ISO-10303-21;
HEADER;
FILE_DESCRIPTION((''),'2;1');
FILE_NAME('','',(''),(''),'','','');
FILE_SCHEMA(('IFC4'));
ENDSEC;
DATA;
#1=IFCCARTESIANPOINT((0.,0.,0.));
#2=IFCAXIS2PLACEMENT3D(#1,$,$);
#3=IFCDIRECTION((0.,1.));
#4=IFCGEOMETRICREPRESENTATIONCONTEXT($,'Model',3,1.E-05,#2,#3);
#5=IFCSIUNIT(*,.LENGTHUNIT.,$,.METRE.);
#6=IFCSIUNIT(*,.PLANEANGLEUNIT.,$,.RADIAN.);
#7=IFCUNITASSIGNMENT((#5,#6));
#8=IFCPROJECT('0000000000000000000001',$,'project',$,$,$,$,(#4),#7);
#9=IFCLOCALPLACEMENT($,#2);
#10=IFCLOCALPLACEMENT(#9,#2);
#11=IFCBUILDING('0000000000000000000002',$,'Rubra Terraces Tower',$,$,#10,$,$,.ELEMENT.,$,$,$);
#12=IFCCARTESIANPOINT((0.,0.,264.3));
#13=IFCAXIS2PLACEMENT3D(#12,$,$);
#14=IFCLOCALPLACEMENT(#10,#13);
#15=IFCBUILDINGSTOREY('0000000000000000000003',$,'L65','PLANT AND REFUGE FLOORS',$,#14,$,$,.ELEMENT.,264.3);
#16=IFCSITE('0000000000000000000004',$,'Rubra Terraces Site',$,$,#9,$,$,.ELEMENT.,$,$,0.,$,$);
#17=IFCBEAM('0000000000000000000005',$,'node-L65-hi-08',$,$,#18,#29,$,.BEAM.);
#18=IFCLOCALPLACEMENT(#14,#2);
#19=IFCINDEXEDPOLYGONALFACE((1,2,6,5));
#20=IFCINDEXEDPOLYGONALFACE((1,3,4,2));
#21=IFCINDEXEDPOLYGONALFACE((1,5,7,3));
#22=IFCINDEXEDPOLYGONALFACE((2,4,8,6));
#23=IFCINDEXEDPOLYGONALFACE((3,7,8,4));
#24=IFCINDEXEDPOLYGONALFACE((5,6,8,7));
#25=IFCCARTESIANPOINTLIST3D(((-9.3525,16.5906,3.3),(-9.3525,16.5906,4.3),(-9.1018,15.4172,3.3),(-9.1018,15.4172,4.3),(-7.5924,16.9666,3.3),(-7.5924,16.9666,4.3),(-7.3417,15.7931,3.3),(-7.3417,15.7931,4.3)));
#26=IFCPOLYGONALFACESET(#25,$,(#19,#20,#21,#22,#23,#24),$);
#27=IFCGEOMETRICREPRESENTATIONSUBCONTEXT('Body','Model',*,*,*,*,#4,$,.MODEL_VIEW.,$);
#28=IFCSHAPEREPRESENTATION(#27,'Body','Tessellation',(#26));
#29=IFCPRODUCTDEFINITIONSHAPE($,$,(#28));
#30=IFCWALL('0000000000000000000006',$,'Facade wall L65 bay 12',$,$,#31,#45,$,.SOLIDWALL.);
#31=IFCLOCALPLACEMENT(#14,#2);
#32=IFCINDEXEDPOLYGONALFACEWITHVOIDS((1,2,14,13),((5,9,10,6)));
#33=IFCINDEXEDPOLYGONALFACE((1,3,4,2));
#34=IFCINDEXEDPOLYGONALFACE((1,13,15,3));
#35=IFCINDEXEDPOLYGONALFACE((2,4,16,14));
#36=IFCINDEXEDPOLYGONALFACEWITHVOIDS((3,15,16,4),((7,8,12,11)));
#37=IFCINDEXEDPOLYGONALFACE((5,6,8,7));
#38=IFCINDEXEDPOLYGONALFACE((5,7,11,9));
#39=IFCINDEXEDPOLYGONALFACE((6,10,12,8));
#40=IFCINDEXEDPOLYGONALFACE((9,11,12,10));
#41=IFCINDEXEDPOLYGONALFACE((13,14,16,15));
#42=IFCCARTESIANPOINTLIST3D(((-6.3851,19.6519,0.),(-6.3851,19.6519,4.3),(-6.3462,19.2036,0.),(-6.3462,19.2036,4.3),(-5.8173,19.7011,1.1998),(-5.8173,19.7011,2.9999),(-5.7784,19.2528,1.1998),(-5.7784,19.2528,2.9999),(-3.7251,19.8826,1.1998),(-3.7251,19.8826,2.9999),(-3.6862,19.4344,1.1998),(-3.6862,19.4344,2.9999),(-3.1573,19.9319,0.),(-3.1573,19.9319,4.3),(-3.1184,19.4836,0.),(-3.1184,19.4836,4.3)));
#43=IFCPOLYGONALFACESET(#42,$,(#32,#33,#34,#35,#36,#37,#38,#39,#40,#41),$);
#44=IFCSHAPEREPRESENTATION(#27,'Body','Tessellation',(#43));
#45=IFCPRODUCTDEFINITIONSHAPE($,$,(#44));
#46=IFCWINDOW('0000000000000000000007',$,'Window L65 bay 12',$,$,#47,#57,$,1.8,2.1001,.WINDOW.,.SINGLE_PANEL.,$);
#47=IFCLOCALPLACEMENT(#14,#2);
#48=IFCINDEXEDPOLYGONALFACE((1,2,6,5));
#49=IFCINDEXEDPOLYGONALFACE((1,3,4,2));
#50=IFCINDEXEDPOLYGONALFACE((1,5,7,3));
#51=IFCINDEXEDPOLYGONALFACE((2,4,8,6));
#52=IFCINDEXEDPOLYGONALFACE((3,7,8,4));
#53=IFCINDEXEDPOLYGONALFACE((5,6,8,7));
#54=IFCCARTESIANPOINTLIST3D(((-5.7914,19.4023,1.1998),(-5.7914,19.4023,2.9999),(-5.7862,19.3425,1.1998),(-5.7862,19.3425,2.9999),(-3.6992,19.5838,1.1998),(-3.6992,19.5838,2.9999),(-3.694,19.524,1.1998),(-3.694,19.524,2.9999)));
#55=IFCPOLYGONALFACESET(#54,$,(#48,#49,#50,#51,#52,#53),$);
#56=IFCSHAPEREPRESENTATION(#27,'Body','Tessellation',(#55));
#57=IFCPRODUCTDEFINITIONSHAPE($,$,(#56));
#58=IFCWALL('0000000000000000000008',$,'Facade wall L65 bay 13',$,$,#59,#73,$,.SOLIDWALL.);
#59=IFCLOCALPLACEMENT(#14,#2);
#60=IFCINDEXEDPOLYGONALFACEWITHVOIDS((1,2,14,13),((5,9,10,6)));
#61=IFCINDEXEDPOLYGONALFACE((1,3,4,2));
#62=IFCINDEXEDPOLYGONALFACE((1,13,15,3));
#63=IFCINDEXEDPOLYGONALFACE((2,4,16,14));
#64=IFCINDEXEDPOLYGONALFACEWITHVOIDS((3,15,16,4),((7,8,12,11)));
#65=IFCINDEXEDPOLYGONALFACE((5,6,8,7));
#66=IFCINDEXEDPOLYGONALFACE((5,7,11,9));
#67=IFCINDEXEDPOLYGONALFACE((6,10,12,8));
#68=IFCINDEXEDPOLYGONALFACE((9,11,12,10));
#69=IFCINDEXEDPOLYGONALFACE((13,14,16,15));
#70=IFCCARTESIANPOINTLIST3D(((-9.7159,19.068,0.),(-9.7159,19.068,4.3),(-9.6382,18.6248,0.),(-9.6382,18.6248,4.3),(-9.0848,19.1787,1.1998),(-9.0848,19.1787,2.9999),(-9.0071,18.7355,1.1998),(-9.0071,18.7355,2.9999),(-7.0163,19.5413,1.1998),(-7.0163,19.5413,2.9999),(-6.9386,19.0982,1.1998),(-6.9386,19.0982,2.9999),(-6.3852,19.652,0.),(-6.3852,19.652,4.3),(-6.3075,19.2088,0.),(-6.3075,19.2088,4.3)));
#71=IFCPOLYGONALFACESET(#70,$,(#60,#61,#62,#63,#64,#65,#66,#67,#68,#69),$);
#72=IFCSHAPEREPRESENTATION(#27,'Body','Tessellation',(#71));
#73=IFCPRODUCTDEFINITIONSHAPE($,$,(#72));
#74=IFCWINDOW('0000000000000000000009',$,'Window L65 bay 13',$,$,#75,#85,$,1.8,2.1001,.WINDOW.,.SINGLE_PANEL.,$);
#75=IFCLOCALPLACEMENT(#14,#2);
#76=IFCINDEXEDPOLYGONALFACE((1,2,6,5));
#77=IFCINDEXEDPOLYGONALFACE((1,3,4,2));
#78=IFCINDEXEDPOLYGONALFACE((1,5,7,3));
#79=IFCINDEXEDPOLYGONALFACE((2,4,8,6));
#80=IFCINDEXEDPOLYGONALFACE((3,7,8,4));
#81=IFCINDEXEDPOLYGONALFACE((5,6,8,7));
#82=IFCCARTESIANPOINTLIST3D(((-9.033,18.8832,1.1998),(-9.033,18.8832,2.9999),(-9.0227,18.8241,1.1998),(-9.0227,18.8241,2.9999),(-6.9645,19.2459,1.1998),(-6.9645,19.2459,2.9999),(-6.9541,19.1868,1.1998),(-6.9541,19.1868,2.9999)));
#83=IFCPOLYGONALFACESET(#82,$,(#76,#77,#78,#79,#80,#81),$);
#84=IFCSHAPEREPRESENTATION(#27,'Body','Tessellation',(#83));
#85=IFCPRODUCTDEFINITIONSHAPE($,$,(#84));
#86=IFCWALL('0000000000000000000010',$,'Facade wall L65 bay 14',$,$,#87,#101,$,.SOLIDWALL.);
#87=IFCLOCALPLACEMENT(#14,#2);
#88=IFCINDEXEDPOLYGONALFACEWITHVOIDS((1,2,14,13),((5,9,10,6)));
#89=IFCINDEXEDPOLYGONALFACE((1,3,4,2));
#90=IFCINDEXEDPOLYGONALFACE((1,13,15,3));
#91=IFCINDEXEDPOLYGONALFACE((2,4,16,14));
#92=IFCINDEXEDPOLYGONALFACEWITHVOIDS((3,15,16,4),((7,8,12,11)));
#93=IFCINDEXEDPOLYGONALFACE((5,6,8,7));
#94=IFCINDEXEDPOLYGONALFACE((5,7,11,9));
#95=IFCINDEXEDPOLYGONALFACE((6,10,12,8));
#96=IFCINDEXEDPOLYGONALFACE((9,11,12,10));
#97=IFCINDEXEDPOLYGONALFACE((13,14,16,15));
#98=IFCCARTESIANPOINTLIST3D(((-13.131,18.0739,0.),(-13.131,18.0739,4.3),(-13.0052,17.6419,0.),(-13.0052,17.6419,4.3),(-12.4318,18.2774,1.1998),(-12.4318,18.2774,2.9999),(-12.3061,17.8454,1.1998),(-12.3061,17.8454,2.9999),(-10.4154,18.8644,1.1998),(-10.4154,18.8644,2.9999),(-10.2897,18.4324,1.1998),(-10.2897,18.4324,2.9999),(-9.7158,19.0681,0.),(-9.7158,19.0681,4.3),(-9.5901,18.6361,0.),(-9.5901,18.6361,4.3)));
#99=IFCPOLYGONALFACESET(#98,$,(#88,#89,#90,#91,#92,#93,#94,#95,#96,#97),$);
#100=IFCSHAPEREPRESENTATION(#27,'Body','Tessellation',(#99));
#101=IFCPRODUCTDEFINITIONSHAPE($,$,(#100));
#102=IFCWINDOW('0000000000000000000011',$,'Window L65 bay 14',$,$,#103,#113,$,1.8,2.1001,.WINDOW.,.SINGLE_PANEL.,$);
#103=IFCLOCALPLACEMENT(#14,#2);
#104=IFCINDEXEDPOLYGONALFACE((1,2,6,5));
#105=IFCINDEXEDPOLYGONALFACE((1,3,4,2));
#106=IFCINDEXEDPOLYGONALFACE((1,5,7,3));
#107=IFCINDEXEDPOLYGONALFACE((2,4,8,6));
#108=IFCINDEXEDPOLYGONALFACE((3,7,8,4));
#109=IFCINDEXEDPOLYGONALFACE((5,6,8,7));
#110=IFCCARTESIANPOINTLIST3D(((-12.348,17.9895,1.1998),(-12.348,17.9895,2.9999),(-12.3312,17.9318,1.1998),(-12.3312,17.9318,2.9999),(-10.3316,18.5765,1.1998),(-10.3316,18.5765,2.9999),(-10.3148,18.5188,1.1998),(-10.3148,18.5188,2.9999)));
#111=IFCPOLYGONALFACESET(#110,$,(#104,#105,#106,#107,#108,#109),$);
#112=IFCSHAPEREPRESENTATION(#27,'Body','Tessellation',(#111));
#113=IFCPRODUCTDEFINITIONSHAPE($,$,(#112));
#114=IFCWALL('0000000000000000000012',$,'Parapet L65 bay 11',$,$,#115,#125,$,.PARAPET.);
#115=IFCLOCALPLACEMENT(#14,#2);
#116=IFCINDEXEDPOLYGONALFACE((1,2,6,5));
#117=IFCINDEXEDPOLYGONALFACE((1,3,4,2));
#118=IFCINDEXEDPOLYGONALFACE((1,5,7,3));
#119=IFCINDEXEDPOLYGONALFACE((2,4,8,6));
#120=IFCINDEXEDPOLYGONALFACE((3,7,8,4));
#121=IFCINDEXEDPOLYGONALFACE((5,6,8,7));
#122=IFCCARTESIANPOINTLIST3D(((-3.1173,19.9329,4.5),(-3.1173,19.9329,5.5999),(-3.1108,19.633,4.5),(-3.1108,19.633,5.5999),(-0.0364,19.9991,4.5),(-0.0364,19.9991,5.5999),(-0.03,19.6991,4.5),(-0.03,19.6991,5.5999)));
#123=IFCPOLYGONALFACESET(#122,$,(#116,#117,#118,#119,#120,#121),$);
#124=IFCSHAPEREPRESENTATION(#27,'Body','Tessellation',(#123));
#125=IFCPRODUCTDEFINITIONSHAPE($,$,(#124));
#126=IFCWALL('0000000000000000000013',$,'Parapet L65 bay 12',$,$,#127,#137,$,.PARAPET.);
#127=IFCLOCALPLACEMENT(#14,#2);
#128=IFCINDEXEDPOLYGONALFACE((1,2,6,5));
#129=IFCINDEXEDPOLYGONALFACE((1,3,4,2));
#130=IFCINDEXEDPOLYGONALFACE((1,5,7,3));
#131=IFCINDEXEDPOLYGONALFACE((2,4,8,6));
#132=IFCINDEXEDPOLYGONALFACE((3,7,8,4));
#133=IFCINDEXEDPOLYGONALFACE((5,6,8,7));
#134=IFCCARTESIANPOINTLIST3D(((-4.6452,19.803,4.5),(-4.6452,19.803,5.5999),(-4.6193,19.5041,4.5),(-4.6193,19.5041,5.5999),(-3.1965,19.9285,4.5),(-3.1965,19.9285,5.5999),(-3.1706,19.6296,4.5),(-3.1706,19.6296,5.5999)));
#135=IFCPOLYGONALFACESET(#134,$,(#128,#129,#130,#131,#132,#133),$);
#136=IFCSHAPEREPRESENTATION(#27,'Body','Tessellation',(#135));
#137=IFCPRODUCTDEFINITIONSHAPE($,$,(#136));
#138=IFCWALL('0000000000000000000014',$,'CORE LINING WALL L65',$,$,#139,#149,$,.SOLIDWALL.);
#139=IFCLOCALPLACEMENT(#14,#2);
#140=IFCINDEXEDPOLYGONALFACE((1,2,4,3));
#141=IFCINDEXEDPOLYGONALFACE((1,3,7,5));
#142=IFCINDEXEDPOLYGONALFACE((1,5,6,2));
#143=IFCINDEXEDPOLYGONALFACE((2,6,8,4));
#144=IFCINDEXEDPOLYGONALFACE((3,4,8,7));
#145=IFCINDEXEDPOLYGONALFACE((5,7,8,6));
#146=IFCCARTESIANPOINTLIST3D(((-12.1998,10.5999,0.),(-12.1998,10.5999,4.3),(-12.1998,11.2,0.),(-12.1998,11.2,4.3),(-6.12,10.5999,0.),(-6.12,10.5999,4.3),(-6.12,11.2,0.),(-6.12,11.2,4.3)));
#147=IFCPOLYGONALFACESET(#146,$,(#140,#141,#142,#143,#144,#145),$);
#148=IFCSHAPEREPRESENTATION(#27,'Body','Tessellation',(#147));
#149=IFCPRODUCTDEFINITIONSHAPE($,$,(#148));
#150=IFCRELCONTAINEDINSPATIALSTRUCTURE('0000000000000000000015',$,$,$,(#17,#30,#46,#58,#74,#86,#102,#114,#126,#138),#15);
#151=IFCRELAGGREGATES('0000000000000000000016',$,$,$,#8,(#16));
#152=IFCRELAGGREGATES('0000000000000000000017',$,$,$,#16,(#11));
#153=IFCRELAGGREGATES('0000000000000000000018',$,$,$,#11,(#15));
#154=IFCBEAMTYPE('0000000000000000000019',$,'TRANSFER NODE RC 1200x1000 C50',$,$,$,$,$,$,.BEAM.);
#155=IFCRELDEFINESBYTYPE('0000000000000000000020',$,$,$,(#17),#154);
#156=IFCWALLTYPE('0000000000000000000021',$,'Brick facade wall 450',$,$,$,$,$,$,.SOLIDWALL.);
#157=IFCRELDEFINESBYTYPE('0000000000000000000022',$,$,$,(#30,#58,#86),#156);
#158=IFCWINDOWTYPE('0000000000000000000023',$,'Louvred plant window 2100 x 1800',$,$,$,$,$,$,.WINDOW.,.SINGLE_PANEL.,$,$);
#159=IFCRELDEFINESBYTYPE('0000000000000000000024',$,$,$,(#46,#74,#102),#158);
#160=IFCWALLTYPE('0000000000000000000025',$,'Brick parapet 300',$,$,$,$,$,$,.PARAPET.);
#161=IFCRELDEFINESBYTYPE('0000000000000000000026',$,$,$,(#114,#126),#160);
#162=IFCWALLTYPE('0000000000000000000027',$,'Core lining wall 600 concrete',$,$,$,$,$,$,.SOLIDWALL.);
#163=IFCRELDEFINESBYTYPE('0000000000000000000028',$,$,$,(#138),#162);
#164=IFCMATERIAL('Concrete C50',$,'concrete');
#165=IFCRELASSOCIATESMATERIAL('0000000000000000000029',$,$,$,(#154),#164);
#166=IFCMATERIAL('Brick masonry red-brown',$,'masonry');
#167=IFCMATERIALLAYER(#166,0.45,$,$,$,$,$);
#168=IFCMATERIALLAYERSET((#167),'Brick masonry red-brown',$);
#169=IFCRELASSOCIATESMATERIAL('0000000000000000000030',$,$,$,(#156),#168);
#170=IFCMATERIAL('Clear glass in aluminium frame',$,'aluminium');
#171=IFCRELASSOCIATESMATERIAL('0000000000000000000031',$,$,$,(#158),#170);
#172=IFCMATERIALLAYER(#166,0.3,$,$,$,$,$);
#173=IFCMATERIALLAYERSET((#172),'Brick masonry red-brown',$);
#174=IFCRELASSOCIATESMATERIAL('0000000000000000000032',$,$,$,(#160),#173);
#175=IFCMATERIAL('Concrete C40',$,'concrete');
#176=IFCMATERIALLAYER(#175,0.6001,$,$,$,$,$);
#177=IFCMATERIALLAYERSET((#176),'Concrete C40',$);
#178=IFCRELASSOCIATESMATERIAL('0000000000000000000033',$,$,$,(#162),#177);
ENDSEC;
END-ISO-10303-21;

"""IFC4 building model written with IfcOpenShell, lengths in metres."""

from ifc_helpers import new_model, si_unit, direction, frame, frame_2d, origin, origin_2d, place, context, subcontext, project, spatial, rectangle, extrude, material, layer, layer_set, material_profile, profile_set, type_object, element, fill, save


model = new_model("IFC4")

# Units and contexts
model_context = context("Model", 3, precision=1e-05, world=origin(), true_north=direction((0.0, 1.0)))
body_context = subcontext(model_context, "Body", "Model", "MODEL_VIEW")
ifc_project = project(units=[si_unit("LENGTHUNIT", "METRE"), si_unit("PLANEANGLEUNIT", "RADIAN")], contexts=[model_context])

# Site, building, storey
site_placement = place(None, origin())
site = spatial("IfcSite", under=ifc_project, at=site_placement, Name="Rubra Terraces Site", CompositionType="ELEMENT", RefElevation=0.0)
building_placement = place(site_placement, origin())
building = spatial("IfcBuilding", under=site, at=building_placement, Name="Rubra Terraces Tower", CompositionType="ELEMENT")
storey_placement = place(building_placement, frame((0.0, 0.0, 264.3)))
storey = spatial("IfcBuildingStorey", under=building, at=storey_placement, Name="L65", Description="PLANT AND REFUGE FLOORS", CompositionType="ELEMENT", Elevation=264.3)

# Shared definitions
ifc_material_1 = material(Name="Concrete C50", Category="concrete")

# Beam
ifc_material_profile_1 = material_profile(ifc_material_1, rectangle(XDim=1.2, YDim=1.0, at=origin_2d()), Name="RC 1200x1000")
ifc_profile_set_1 = profile_set([ifc_material_profile_1], Name="Concrete C50")
beam_type_1 = type_object("IfcBeamType", Name="TRANSFER NODE RC 1200x1000 C50", PredefinedType="BEAM", material=ifc_profile_set_1)
beam_1_placement = place(storey_placement, frame((-7.467, 16.3799, 3.8), z_axis=(-0.977935, -0.208908, 0.0), x_axis=(0.208908, -0.977935, 0.0)))
element("IfcBeam", 1, at=beam_1_placement, inside=storey, type_object=beam_type_1, Name="node-L65-hi-08", PredefinedType="BEAM", context=body_context, shape_type="SweptSolid", body=[
    extrude(rectangle(XDim=1.2, YDim=1.0, at=origin_2d()), origin(), (0.0, 0.0, 1.0), 1.7998),
])

# Walls, openings, windows
ifc_material_2 = material(Name="Brick masonry red-brown", Category="masonry")
ifc_layer_1 = layer(ifc_material_2, 0.45)
ifc_layer_set_1 = layer_set([ifc_layer_1], Name="Brick masonry red-brown")
wall_type_1 = type_object("IfcWallType", Name="Brick facade wall 450", PredefinedType="SOLIDWALL", material=ifc_layer_set_1)
wall_1_placement = place(storey_placement, frame((-3.1377, 19.7078, 0.0), z_axis=(0.0, 0.0, 1.0), x_axis=(-0.996258, -0.086431, 0.0)))
wall_1 = element("IfcWall", 2, at=wall_1_placement, inside=storey, type_object=wall_type_1, Name="Facade wall L65 bay 12", PredefinedType="SOLIDWALL", context=body_context, shape_type="SweptSolid", body=[
    extrude(rectangle(XDim=3.24, YDim=0.45, at=frame_2d((1.6201, 0.0))), origin(), (0.0, 0.0, 1.0), 4.3),
])
opening_1_placement = place(wall_1_placement, frame((0.5701, 0.0, 1.2)))
opening_1 = element("IfcOpeningElement", 3, at=opening_1_placement, cuts=wall_1, PredefinedType="OPENING", context=body_context, shape_type="SweptSolid", body=[
    extrude(rectangle(XDim=2.1001, YDim=1.8, at=frame_2d((1.05, 0.8999))), frame((0.0, 0.2349, 0.0), z_axis=(0.0, -1.0, 0.0), x_axis=(1.0, 0.0, 0.0)), (0.0, 0.0, 1.0), 0.47),
])
ifc_material_3 = material(Name="Clear glass in aluminium frame", Category="aluminium")
window_type = type_object("IfcWindowType", Name="Louvred plant window 2100 x 1800", PartitioningType="SINGLE_PANEL", PredefinedType="WINDOW", material=ifc_material_3)
window_1_placement = place(opening_1_placement, origin())
window_1 = element("IfcWindow", 4, at=window_1_placement, inside=storey, type_object=window_type, Name="Window L65 bay 12", OverallHeight=1.8, OverallWidth=2.1001, PartitioningType="SINGLE_PANEL", PredefinedType="WINDOW", context=body_context, shape_type="SweptSolid", body=[
    extrude(rectangle(XDim=2.1001, YDim=1.8, at=frame_2d((1.05, 0.8999))), frame((0.0, 0.135, 0.0), z_axis=(0.0, -1.0, 0.0), x_axis=(1.0, 0.0, 0.0)), (0.0, 0.0, 1.0), 0.0601),
])
fill(opening_1, window_1)
wall_2_placement = place(storey_placement, frame((-6.3462, 19.4304, 0.0), z_axis=(0.0, 0.0, 1.0), x_axis=(-0.984976, -0.172694, 0.0)))
wall_2 = element("IfcWall", 5, at=wall_2_placement, inside=storey, type_object=wall_type_1, Name="Facade wall L65 bay 13", PredefinedType="SOLIDWALL", context=body_context, shape_type="SweptSolid", body=[
    extrude(rectangle(XDim=3.3816, YDim=0.45, at=frame_2d((1.6909, 0.0))), origin(), (0.0, 0.0, 1.0), 4.3),
])
opening_2_placement = place(wall_2_placement, frame((0.6409, 0.0, 1.2)))
opening_2 = element("IfcOpeningElement", 6, at=opening_2_placement, cuts=wall_2, PredefinedType="OPENING", context=body_context, shape_type="SweptSolid", body=[
    extrude(rectangle(XDim=2.1001, YDim=1.8, at=frame_2d((1.05, 0.8999))), frame((0.0, 0.2349, 0.0), z_axis=(0.0, -1.0, 0.0), x_axis=(1.0, 0.0, 0.0)), (0.0, 0.0, 1.0), 0.47),
])
window_2_placement = place(opening_2_placement, origin())
window_2 = element("IfcWindow", 7, at=window_2_placement, inside=storey, type_object=window_type, Name="Window L65 bay 13", OverallHeight=1.8, OverallWidth=2.1001, PartitioningType="SINGLE_PANEL", PredefinedType="WINDOW", context=body_context, shape_type="SweptSolid", body=[
    extrude(rectangle(XDim=2.1001, YDim=1.8, at=frame_2d((1.05, 0.8999))), frame((0.0, 0.135, 0.0), z_axis=(0.0, -1.0, 0.0), x_axis=(1.0, 0.0, 0.0)), (0.0, 0.0, 1.0), 0.0601),
])
fill(opening_2, window_2)
wall_3_placement = place(storey_placement, frame((-9.6531, 18.8521, 0.0), z_axis=(0.0, 0.0, 1.0), x_axis=(-0.960144, -0.279504, 0.0)))
wall_3 = element("IfcWall", 8, at=wall_3_placement, inside=storey, type_object=wall_type_1, Name="Facade wall L65 bay 14", PredefinedType="SOLIDWALL", context=body_context, shape_type="SweptSolid", body=[
    extrude(rectangle(XDim=3.5569, YDim=0.45, at=frame_2d((1.7783, 0.0))), origin(), (0.0, 0.0, 1.0), 4.3),
])
opening_3_placement = place(wall_3_placement, frame((0.7285, 0.0, 1.2)))
opening_3 = element("IfcOpeningElement", 9, at=opening_3_placement, cuts=wall_3, PredefinedType="OPENING", context=body_context, shape_type="SweptSolid", body=[
    extrude(rectangle(XDim=2.1001, YDim=1.8, at=frame_2d((1.05, 0.8999))), frame((0.0, 0.2349, 0.0), z_axis=(0.0, -1.0, 0.0), x_axis=(1.0, 0.0, 0.0)), (0.0, 0.0, 1.0), 0.47),
])
window_3_placement = place(opening_3_placement, origin())
window_3 = element("IfcWindow", 10, at=window_3_placement, inside=storey, type_object=window_type, Name="Window L65 bay 14", OverallHeight=1.8, OverallWidth=2.1001, PartitioningType="SINGLE_PANEL", PredefinedType="WINDOW", context=body_context, shape_type="SweptSolid", body=[
    extrude(rectangle(XDim=2.1001, YDim=1.8, at=frame_2d((1.05, 0.8999))), frame((0.0, 0.135, 0.0), z_axis=(0.0, -1.0, 0.0), x_axis=(1.0, 0.0, 0.0)), (0.0, 0.0, 1.0), 0.0601),
])
fill(opening_3, window_3)

# Walls
ifc_layer_2 = layer(ifc_material_2, 0.3)
ifc_layer_set_2 = layer_set([ifc_layer_2], Name="Brick masonry red-brown")
wall_type_2 = type_object("IfcWallType", Name="Brick parapet 300", PredefinedType="PARAPET", material=ifc_layer_set_2)
wall_4_placement = place(storey_placement, frame((-0.0332, 19.8491, 4.5), z_axis=(0.0, 0.0, 1.0), x_axis=(-0.999769, -0.021471, 0.0)))
element("IfcWall", 11, at=wall_4_placement, inside=storey, type_object=wall_type_2, Name="Parapet L65 bay 11", PredefinedType="PARAPET", context=body_context, shape_type="SweptSolid", body=[
    extrude(rectangle(XDim=3.0815, YDim=0.3, at=frame_2d((1.5408, 0.0))), origin(), (0.0, 0.0, 1.0), 1.0999),
])
wall_5_placement = place(storey_placement, frame((-3.1836, 19.7791, 4.5), z_axis=(0.0, 0.0, 1.0), x_axis=(-0.99627, -0.086296, 0.0)))
element("IfcWall", 12, at=wall_5_placement, inside=storey, type_object=wall_type_2, Name="Parapet L65 bay 12", PredefinedType="PARAPET", context=body_context, shape_type="SweptSolid", body=[
    extrude(rectangle(XDim=1.4541, YDim=0.3, at=frame_2d((0.7271, 0.0))), origin(), (0.0, 0.0, 1.0), 1.0999),
])
ifc_material_4 = material(Name="Concrete C40", Category="concrete")
ifc_layer_3 = layer(ifc_material_4, 0.6001)
ifc_layer_set_3 = layer_set([ifc_layer_3], Name="Concrete C40")
wall_type_3 = type_object("IfcWallType", Name="Core lining wall 600 concrete", PredefinedType="SOLIDWALL", material=ifc_layer_set_3)
wall_6_placement = place(storey_placement, frame((-12.2, 10.8999, 0.0), z_axis=(0.0, 0.0, 1.0), x_axis=(1.0, 0.0, 0.0)))
element("IfcWall", 13, at=wall_6_placement, inside=storey, type_object=wall_type_3, Name="CORE LINING WALL L65", PredefinedType="SOLIDWALL", context=body_context, shape_type="SweptSolid", body=[
    extrude(rectangle(XDim=6.0798, YDim=0.6001, at=frame_2d((3.04, 0.0))), origin(), (0.0, 0.0, 1.0), 4.3),
])

save(model, "model.ifc")
